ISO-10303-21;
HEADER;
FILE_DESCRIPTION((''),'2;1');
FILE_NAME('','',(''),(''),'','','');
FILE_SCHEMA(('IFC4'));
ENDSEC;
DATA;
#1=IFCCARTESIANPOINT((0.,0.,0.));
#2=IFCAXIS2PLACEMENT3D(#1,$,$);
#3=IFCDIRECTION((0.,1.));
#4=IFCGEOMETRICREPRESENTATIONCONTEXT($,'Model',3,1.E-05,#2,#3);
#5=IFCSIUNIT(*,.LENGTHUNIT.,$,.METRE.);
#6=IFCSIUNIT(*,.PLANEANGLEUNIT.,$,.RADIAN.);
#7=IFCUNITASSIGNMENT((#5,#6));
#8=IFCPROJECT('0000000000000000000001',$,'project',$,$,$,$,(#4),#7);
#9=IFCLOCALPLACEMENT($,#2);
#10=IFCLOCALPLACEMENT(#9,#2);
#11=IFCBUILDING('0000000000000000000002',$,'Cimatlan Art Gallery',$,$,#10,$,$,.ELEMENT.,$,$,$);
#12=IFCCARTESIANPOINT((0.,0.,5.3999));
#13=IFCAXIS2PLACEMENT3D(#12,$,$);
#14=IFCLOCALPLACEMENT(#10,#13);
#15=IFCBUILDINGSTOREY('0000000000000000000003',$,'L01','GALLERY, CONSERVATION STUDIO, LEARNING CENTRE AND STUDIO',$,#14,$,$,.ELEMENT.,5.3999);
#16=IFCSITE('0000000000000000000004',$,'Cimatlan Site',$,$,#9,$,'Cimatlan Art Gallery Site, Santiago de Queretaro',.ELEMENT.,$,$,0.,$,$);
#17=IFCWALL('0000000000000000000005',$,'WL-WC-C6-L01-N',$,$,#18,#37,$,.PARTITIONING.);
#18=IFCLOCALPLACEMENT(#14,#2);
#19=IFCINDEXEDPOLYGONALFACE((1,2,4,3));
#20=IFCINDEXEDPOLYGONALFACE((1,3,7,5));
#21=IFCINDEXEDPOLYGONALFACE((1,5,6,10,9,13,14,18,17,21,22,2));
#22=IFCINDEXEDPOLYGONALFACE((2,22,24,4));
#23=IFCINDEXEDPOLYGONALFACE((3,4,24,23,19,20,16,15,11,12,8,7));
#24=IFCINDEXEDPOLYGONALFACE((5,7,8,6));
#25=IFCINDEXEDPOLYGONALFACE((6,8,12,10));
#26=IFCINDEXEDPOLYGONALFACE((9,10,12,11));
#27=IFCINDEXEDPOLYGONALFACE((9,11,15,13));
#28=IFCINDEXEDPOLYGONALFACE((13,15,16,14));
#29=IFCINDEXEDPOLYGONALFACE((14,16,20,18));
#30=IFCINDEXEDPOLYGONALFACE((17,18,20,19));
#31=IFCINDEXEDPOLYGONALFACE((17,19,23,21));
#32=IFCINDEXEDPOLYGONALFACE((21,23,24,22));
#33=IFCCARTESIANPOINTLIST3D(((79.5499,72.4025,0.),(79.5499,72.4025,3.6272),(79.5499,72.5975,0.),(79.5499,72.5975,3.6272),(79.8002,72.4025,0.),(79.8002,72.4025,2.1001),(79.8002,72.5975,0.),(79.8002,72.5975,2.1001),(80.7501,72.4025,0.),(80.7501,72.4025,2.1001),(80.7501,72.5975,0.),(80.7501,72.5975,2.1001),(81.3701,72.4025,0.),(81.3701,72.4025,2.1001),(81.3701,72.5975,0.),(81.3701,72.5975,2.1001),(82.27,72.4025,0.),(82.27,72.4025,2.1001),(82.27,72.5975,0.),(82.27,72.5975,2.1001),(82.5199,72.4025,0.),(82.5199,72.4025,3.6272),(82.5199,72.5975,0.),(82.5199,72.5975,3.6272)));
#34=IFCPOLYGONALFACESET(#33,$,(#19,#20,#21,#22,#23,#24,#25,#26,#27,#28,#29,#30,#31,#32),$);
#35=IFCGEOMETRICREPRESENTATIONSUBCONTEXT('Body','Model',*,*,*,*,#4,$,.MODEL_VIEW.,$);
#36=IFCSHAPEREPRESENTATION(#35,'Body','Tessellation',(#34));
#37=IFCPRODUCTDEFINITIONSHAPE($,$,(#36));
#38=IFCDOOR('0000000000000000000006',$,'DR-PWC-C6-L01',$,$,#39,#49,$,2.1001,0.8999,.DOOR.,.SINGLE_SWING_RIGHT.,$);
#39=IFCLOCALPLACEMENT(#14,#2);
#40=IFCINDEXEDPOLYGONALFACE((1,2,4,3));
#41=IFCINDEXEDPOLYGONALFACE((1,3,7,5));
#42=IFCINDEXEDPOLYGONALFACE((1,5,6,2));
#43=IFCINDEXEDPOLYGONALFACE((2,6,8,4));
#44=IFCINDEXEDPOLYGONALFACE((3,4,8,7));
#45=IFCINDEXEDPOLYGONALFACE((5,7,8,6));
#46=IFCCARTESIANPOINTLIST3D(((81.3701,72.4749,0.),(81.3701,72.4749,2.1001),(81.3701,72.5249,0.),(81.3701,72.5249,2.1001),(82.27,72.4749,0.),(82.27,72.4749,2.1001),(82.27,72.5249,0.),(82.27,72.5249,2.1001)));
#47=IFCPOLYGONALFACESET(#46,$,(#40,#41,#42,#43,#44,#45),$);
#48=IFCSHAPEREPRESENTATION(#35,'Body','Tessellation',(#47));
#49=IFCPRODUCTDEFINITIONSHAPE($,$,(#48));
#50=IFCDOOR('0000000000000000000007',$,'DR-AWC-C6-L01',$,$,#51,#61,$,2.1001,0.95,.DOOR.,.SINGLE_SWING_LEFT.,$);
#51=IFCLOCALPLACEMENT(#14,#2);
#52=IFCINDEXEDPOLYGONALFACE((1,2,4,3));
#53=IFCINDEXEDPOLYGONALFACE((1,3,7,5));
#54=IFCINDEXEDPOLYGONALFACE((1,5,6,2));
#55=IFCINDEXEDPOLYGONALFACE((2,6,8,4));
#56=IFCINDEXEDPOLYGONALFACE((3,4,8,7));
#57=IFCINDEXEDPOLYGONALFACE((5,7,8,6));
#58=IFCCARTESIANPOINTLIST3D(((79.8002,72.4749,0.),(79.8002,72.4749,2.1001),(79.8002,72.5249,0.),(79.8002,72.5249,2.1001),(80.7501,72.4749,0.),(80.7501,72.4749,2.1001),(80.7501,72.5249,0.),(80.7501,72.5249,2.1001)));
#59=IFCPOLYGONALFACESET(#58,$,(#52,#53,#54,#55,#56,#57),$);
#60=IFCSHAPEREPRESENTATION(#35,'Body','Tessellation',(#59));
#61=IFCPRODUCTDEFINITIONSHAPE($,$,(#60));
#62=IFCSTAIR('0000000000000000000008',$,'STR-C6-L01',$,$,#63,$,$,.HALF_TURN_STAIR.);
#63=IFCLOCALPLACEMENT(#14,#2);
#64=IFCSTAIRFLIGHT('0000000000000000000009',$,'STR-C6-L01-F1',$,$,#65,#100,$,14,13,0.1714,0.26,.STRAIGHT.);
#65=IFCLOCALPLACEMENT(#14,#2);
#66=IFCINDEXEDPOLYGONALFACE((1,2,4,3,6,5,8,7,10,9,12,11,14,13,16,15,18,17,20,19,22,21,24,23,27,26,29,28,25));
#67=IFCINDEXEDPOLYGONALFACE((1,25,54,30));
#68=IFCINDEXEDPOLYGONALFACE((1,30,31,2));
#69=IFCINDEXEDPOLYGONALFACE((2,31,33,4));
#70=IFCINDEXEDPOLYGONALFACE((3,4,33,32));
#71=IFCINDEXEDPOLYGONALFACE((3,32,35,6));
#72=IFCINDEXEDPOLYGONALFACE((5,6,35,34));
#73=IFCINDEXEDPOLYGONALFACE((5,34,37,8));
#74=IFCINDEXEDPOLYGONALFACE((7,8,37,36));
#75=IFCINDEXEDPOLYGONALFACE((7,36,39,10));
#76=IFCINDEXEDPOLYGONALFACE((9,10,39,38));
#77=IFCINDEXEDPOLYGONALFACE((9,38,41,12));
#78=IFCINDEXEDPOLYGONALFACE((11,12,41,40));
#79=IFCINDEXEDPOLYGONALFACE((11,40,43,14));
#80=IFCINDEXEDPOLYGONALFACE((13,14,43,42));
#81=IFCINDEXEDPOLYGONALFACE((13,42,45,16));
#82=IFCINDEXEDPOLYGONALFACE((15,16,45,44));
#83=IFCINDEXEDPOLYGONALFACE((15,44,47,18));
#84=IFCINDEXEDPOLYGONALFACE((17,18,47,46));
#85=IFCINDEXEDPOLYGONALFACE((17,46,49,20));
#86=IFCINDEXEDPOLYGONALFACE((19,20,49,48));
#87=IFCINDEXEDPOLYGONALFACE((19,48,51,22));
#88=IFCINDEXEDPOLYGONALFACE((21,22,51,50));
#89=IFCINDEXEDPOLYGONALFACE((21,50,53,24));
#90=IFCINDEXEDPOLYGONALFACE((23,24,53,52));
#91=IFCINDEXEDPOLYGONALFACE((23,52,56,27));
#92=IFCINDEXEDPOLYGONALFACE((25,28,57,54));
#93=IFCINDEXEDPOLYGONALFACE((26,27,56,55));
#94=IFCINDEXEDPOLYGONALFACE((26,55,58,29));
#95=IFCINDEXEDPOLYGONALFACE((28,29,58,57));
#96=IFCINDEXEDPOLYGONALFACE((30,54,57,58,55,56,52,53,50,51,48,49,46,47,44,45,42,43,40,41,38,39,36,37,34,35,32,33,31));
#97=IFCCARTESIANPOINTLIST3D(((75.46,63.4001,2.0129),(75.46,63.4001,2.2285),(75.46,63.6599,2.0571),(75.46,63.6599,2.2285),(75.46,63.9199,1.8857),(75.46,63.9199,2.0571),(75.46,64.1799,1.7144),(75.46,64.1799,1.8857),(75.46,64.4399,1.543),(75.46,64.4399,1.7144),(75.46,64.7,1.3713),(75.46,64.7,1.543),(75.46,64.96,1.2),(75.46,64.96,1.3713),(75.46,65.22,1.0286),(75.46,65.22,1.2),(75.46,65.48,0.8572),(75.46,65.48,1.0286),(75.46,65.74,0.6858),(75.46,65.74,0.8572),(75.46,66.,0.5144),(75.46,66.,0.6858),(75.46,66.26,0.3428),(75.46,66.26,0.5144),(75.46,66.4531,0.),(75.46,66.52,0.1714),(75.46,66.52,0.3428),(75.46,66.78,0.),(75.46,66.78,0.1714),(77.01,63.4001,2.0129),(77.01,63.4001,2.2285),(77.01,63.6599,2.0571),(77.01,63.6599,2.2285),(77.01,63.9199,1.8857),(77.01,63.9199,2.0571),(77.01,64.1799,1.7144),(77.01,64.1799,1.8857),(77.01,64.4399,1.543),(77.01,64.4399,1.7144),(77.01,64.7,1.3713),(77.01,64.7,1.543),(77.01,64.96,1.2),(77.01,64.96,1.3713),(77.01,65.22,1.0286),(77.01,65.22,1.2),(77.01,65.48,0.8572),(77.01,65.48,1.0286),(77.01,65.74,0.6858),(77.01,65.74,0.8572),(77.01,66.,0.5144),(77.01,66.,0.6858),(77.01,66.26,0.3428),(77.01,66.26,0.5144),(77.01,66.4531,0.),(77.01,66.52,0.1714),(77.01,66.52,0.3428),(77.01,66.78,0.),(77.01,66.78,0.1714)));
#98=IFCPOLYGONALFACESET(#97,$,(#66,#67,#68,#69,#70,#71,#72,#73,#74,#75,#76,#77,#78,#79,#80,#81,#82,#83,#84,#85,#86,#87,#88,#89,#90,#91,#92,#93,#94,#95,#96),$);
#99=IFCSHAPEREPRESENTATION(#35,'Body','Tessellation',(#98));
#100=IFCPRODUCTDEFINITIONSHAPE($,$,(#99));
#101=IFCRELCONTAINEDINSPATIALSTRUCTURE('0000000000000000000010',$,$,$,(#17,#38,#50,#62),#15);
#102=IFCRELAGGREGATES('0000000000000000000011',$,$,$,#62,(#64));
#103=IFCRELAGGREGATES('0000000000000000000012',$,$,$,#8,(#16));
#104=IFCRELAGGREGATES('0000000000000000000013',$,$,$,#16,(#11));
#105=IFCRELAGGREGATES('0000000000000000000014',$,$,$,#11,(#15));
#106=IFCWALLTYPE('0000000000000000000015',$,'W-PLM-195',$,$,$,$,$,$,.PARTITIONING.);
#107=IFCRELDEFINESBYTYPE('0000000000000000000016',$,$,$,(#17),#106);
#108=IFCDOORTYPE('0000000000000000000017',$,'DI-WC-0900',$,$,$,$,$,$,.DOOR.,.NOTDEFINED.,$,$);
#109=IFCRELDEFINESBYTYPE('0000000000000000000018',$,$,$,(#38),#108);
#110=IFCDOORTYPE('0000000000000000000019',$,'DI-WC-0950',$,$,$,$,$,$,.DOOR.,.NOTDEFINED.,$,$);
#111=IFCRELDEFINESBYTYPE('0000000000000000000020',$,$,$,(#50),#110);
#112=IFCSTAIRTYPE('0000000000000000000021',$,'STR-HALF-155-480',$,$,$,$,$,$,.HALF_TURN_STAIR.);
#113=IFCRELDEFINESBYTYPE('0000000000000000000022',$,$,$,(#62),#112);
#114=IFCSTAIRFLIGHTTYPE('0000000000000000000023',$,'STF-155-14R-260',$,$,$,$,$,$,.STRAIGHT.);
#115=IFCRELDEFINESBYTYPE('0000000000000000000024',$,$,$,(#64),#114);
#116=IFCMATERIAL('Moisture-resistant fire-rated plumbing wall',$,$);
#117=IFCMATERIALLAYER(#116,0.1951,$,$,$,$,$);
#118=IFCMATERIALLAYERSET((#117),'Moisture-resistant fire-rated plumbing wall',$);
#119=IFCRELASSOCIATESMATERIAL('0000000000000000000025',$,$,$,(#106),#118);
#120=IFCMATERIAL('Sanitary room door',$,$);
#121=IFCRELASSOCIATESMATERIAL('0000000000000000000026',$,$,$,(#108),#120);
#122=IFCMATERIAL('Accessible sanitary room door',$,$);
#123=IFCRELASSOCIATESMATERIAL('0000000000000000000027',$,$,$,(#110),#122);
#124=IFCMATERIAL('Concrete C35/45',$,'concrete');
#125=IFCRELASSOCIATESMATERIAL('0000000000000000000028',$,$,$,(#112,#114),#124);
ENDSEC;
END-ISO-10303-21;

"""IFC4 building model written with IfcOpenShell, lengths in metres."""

from ifc_helpers import new_model, si_unit, direction, frame, frame_2d, origin, place, context, subcontext, project, spatial, polyline, rectangle, outline, extrude, material, layer, layer_set, type_object, element, fill, aggregate, save


model = new_model("IFC4")

# Units and contexts
model_context = context("Model", 3, precision=1e-05, world=origin(), true_north=direction((0.0, 1.0)))
body_context = subcontext(model_context, "Body", "Model", "MODEL_VIEW")
ifc_project = project(units=[si_unit("LENGTHUNIT", "METRE"), si_unit("PLANEANGLEUNIT", "RADIAN")], contexts=[model_context])

# Site, building, storey
site_placement = place(None, origin())
site = spatial("IfcSite", under=ifc_project, at=site_placement, Name="Cimatlan Site", LongName="Cimatlan Art Gallery Site, Santiago de Queretaro", CompositionType="ELEMENT", RefElevation=0.0)
building_placement = place(site_placement, origin())
building = spatial("IfcBuilding", under=site, at=building_placement, Name="Cimatlan Art Gallery", CompositionType="ELEMENT")
storey_placement = place(building_placement, frame((0.0, 0.0, 5.3999)))
storey = spatial("IfcBuildingStorey", under=building, at=storey_placement, Name="L01", Description="GALLERY, CONSERVATION STUDIO, LEARNING CENTRE AND STUDIO", CompositionType="ELEMENT", Elevation=5.3999)

# Shared definitions
ifc_material_1 = material(Name="Moisture-resistant fire-rated plumbing wall")
ifc_layer_1 = layer(ifc_material_1, 0.1951)
ifc_layer_set_1 = layer_set([ifc_layer_1], Name="Moisture-resistant fire-rated plumbing wall")
wall_type_1 = type_object("IfcWallType", Name="W-PLM-195", PredefinedType="PARTITIONING", material=ifc_layer_set_1)

# Wall, openings, doors
wall_1_placement = place(storey_placement, frame((79.55, 72.5, 0.0), z_axis=(0.0, 0.0, 1.0), x_axis=(1.0, 0.0, 0.0)))
wall_1 = element("IfcWall", 1, at=wall_1_placement, inside=storey, type_object=wall_type_1, Name="WL-WC-C6-L01-N", PredefinedType="PARTITIONING", context=body_context, shape_type="SweptSolid", body=[
    extrude(rectangle(XDim=2.97, YDim=0.1951, at=frame_2d((1.4849, 0.0))), origin(), (0.0, 0.0, 1.0), 3.6272),
])
opening_1_placement = place(wall_1_placement, frame((0.25, 0.0, 0.0)))
opening_1 = element("IfcOpeningElement", 2, at=opening_1_placement, cuts=wall_1, PredefinedType="OPENING", context=body_context, shape_type="SweptSolid", body=[
    extrude(rectangle(XDim=0.95, YDim=2.1001, at=frame_2d((0.4751, 1.05))), frame((0.0, 0.1074, 0.0), z_axis=(0.0, -1.0, 0.0), x_axis=(1.0, 0.0, 0.0)), (0.0, 0.0, 1.0), 0.2151),
])
opening_2_placement = place(wall_1_placement, frame((1.8201, 0.0, 0.0)))
opening_2 = element("IfcOpeningElement", 3, at=opening_2_placement, cuts=wall_1, PredefinedType="OPENING", context=body_context, shape_type="SweptSolid", body=[
    extrude(rectangle(XDim=0.8999, YDim=2.1001, at=frame_2d((0.45, 1.05))), frame((0.0, 0.1074, 0.0), z_axis=(0.0, -1.0, 0.0), x_axis=(1.0, 0.0, 0.0)), (0.0, 0.0, 1.0), 0.2151),
])
ifc_material_2 = material(Name="Sanitary room door")
door_type_1 = type_object("IfcDoorType", Name="DI-WC-0900", OperationType="NOTDEFINED", PredefinedType="DOOR", material=ifc_material_2)
door_1_placement = place(opening_2_placement, origin())
door_1 = element("IfcDoor", 4, at=door_1_placement, inside=storey, type_object=door_type_1, Name="DR-PWC-C6-L01", OperationType="SINGLE_SWING_RIGHT", OverallHeight=2.1001, OverallWidth=0.8999, PredefinedType="DOOR", context=body_context, shape_type="SweptSolid", body=[
    extrude(rectangle(XDim=0.8999, YDim=2.1001, at=frame_2d((0.45, 1.05))), frame((0.0, 0.0249, 0.0), z_axis=(0.0, -1.0, 0.0), x_axis=(1.0, 0.0, 0.0)), (0.0, 0.0, 1.0), 0.05),
])
fill(opening_2, door_1)
ifc_material_3 = material(Name="Accessible sanitary room door")
door_type_2 = type_object("IfcDoorType", Name="DI-WC-0950", OperationType="NOTDEFINED", PredefinedType="DOOR", material=ifc_material_3)
door_2_placement = place(opening_1_placement, origin())
door_2 = element("IfcDoor", 5, at=door_2_placement, inside=storey, type_object=door_type_2, Name="DR-AWC-C6-L01", OperationType="SINGLE_SWING_LEFT", OverallHeight=2.1001, OverallWidth=0.95, PredefinedType="DOOR", context=body_context, shape_type="SweptSolid", body=[
    extrude(rectangle(XDim=0.95, YDim=2.1001, at=frame_2d((0.4751, 1.05))), frame((0.0, 0.0249, 0.0), z_axis=(0.0, -1.0, 0.0), x_axis=(1.0, 0.0, 0.0)), (0.0, 0.0, 1.0), 0.05),
])
fill(opening_1, door_2)

# Stair, stair flight
ifc_material_4 = material(Name="Concrete C35/45", Category="concrete")
stair_type = type_object("IfcStairType", Name="STR-HALF-155-480", PredefinedType="HALF_TURN_STAIR", material=ifc_material_4)
stair_placement = place(storey_placement, origin())
stair = element("IfcStair", 6, at=stair_placement, inside=storey, type_object=stair_type, Name="STR-C6-L01", PredefinedType="HALF_TURN_STAIR")
stair_flight_type = type_object("IfcStairFlightType", Name="STF-155-14R-260", PredefinedType="STRAIGHT", material=ifc_material_4)
stair_flight_placement = place(storey_placement, frame((76.2351, 66.78, 0.0), z_axis=(0.0, 0.0, 1.0), x_axis=(0.0, -1.0, 0.0)))
stair_flight = element("IfcStairFlight", 7, at=stair_flight_placement, type_object=stair_flight_type, Name="STR-C6-L01-F1", NumberOfRisers=14, NumberOfTreads=13, PredefinedType="STRAIGHT", RiserHeight=0.1714, TreadLength=0.26, context=body_context, shape_type="SweptSolid", body=[
    extrude(outline(polyline([(0.0, 0.0), (0.0, 0.1714), (0.26, 0.1714), (0.26, 0.3428), (0.52, 0.3428), (0.52, 0.5144), (0.78, 0.5144), (0.78, 0.6858), (1.04, 0.6858), (1.04, 0.8572), (1.3, 0.8572), (1.3, 1.0286), (1.5601, 1.0286), (1.5601, 1.2), (1.8201, 1.2), (1.8201, 1.3713), (2.0801, 1.3713), (2.0801, 1.543), (2.3401, 1.543), (2.3401, 1.7144), (2.6001, 1.7144), (2.6001, 1.8857), (2.8601, 1.8857), (2.8601, 2.0571), (3.1201, 2.0571), (3.1201, 2.2285), (3.3799, 2.2285), (3.3799, 2.3999), (3.3799, 2.0129), (0.3269, 0.0), (0.0, 0.0)])), frame((0.0, 0.7749, 0.0), z_axis=(0.0, -1.0, 0.0), x_axis=(1.0, 0.0, 0.0)), (0.0, 0.0, 1.0), 1.55),
])
aggregate(stair, [stair_flight])

save(model, "model.ifc")
